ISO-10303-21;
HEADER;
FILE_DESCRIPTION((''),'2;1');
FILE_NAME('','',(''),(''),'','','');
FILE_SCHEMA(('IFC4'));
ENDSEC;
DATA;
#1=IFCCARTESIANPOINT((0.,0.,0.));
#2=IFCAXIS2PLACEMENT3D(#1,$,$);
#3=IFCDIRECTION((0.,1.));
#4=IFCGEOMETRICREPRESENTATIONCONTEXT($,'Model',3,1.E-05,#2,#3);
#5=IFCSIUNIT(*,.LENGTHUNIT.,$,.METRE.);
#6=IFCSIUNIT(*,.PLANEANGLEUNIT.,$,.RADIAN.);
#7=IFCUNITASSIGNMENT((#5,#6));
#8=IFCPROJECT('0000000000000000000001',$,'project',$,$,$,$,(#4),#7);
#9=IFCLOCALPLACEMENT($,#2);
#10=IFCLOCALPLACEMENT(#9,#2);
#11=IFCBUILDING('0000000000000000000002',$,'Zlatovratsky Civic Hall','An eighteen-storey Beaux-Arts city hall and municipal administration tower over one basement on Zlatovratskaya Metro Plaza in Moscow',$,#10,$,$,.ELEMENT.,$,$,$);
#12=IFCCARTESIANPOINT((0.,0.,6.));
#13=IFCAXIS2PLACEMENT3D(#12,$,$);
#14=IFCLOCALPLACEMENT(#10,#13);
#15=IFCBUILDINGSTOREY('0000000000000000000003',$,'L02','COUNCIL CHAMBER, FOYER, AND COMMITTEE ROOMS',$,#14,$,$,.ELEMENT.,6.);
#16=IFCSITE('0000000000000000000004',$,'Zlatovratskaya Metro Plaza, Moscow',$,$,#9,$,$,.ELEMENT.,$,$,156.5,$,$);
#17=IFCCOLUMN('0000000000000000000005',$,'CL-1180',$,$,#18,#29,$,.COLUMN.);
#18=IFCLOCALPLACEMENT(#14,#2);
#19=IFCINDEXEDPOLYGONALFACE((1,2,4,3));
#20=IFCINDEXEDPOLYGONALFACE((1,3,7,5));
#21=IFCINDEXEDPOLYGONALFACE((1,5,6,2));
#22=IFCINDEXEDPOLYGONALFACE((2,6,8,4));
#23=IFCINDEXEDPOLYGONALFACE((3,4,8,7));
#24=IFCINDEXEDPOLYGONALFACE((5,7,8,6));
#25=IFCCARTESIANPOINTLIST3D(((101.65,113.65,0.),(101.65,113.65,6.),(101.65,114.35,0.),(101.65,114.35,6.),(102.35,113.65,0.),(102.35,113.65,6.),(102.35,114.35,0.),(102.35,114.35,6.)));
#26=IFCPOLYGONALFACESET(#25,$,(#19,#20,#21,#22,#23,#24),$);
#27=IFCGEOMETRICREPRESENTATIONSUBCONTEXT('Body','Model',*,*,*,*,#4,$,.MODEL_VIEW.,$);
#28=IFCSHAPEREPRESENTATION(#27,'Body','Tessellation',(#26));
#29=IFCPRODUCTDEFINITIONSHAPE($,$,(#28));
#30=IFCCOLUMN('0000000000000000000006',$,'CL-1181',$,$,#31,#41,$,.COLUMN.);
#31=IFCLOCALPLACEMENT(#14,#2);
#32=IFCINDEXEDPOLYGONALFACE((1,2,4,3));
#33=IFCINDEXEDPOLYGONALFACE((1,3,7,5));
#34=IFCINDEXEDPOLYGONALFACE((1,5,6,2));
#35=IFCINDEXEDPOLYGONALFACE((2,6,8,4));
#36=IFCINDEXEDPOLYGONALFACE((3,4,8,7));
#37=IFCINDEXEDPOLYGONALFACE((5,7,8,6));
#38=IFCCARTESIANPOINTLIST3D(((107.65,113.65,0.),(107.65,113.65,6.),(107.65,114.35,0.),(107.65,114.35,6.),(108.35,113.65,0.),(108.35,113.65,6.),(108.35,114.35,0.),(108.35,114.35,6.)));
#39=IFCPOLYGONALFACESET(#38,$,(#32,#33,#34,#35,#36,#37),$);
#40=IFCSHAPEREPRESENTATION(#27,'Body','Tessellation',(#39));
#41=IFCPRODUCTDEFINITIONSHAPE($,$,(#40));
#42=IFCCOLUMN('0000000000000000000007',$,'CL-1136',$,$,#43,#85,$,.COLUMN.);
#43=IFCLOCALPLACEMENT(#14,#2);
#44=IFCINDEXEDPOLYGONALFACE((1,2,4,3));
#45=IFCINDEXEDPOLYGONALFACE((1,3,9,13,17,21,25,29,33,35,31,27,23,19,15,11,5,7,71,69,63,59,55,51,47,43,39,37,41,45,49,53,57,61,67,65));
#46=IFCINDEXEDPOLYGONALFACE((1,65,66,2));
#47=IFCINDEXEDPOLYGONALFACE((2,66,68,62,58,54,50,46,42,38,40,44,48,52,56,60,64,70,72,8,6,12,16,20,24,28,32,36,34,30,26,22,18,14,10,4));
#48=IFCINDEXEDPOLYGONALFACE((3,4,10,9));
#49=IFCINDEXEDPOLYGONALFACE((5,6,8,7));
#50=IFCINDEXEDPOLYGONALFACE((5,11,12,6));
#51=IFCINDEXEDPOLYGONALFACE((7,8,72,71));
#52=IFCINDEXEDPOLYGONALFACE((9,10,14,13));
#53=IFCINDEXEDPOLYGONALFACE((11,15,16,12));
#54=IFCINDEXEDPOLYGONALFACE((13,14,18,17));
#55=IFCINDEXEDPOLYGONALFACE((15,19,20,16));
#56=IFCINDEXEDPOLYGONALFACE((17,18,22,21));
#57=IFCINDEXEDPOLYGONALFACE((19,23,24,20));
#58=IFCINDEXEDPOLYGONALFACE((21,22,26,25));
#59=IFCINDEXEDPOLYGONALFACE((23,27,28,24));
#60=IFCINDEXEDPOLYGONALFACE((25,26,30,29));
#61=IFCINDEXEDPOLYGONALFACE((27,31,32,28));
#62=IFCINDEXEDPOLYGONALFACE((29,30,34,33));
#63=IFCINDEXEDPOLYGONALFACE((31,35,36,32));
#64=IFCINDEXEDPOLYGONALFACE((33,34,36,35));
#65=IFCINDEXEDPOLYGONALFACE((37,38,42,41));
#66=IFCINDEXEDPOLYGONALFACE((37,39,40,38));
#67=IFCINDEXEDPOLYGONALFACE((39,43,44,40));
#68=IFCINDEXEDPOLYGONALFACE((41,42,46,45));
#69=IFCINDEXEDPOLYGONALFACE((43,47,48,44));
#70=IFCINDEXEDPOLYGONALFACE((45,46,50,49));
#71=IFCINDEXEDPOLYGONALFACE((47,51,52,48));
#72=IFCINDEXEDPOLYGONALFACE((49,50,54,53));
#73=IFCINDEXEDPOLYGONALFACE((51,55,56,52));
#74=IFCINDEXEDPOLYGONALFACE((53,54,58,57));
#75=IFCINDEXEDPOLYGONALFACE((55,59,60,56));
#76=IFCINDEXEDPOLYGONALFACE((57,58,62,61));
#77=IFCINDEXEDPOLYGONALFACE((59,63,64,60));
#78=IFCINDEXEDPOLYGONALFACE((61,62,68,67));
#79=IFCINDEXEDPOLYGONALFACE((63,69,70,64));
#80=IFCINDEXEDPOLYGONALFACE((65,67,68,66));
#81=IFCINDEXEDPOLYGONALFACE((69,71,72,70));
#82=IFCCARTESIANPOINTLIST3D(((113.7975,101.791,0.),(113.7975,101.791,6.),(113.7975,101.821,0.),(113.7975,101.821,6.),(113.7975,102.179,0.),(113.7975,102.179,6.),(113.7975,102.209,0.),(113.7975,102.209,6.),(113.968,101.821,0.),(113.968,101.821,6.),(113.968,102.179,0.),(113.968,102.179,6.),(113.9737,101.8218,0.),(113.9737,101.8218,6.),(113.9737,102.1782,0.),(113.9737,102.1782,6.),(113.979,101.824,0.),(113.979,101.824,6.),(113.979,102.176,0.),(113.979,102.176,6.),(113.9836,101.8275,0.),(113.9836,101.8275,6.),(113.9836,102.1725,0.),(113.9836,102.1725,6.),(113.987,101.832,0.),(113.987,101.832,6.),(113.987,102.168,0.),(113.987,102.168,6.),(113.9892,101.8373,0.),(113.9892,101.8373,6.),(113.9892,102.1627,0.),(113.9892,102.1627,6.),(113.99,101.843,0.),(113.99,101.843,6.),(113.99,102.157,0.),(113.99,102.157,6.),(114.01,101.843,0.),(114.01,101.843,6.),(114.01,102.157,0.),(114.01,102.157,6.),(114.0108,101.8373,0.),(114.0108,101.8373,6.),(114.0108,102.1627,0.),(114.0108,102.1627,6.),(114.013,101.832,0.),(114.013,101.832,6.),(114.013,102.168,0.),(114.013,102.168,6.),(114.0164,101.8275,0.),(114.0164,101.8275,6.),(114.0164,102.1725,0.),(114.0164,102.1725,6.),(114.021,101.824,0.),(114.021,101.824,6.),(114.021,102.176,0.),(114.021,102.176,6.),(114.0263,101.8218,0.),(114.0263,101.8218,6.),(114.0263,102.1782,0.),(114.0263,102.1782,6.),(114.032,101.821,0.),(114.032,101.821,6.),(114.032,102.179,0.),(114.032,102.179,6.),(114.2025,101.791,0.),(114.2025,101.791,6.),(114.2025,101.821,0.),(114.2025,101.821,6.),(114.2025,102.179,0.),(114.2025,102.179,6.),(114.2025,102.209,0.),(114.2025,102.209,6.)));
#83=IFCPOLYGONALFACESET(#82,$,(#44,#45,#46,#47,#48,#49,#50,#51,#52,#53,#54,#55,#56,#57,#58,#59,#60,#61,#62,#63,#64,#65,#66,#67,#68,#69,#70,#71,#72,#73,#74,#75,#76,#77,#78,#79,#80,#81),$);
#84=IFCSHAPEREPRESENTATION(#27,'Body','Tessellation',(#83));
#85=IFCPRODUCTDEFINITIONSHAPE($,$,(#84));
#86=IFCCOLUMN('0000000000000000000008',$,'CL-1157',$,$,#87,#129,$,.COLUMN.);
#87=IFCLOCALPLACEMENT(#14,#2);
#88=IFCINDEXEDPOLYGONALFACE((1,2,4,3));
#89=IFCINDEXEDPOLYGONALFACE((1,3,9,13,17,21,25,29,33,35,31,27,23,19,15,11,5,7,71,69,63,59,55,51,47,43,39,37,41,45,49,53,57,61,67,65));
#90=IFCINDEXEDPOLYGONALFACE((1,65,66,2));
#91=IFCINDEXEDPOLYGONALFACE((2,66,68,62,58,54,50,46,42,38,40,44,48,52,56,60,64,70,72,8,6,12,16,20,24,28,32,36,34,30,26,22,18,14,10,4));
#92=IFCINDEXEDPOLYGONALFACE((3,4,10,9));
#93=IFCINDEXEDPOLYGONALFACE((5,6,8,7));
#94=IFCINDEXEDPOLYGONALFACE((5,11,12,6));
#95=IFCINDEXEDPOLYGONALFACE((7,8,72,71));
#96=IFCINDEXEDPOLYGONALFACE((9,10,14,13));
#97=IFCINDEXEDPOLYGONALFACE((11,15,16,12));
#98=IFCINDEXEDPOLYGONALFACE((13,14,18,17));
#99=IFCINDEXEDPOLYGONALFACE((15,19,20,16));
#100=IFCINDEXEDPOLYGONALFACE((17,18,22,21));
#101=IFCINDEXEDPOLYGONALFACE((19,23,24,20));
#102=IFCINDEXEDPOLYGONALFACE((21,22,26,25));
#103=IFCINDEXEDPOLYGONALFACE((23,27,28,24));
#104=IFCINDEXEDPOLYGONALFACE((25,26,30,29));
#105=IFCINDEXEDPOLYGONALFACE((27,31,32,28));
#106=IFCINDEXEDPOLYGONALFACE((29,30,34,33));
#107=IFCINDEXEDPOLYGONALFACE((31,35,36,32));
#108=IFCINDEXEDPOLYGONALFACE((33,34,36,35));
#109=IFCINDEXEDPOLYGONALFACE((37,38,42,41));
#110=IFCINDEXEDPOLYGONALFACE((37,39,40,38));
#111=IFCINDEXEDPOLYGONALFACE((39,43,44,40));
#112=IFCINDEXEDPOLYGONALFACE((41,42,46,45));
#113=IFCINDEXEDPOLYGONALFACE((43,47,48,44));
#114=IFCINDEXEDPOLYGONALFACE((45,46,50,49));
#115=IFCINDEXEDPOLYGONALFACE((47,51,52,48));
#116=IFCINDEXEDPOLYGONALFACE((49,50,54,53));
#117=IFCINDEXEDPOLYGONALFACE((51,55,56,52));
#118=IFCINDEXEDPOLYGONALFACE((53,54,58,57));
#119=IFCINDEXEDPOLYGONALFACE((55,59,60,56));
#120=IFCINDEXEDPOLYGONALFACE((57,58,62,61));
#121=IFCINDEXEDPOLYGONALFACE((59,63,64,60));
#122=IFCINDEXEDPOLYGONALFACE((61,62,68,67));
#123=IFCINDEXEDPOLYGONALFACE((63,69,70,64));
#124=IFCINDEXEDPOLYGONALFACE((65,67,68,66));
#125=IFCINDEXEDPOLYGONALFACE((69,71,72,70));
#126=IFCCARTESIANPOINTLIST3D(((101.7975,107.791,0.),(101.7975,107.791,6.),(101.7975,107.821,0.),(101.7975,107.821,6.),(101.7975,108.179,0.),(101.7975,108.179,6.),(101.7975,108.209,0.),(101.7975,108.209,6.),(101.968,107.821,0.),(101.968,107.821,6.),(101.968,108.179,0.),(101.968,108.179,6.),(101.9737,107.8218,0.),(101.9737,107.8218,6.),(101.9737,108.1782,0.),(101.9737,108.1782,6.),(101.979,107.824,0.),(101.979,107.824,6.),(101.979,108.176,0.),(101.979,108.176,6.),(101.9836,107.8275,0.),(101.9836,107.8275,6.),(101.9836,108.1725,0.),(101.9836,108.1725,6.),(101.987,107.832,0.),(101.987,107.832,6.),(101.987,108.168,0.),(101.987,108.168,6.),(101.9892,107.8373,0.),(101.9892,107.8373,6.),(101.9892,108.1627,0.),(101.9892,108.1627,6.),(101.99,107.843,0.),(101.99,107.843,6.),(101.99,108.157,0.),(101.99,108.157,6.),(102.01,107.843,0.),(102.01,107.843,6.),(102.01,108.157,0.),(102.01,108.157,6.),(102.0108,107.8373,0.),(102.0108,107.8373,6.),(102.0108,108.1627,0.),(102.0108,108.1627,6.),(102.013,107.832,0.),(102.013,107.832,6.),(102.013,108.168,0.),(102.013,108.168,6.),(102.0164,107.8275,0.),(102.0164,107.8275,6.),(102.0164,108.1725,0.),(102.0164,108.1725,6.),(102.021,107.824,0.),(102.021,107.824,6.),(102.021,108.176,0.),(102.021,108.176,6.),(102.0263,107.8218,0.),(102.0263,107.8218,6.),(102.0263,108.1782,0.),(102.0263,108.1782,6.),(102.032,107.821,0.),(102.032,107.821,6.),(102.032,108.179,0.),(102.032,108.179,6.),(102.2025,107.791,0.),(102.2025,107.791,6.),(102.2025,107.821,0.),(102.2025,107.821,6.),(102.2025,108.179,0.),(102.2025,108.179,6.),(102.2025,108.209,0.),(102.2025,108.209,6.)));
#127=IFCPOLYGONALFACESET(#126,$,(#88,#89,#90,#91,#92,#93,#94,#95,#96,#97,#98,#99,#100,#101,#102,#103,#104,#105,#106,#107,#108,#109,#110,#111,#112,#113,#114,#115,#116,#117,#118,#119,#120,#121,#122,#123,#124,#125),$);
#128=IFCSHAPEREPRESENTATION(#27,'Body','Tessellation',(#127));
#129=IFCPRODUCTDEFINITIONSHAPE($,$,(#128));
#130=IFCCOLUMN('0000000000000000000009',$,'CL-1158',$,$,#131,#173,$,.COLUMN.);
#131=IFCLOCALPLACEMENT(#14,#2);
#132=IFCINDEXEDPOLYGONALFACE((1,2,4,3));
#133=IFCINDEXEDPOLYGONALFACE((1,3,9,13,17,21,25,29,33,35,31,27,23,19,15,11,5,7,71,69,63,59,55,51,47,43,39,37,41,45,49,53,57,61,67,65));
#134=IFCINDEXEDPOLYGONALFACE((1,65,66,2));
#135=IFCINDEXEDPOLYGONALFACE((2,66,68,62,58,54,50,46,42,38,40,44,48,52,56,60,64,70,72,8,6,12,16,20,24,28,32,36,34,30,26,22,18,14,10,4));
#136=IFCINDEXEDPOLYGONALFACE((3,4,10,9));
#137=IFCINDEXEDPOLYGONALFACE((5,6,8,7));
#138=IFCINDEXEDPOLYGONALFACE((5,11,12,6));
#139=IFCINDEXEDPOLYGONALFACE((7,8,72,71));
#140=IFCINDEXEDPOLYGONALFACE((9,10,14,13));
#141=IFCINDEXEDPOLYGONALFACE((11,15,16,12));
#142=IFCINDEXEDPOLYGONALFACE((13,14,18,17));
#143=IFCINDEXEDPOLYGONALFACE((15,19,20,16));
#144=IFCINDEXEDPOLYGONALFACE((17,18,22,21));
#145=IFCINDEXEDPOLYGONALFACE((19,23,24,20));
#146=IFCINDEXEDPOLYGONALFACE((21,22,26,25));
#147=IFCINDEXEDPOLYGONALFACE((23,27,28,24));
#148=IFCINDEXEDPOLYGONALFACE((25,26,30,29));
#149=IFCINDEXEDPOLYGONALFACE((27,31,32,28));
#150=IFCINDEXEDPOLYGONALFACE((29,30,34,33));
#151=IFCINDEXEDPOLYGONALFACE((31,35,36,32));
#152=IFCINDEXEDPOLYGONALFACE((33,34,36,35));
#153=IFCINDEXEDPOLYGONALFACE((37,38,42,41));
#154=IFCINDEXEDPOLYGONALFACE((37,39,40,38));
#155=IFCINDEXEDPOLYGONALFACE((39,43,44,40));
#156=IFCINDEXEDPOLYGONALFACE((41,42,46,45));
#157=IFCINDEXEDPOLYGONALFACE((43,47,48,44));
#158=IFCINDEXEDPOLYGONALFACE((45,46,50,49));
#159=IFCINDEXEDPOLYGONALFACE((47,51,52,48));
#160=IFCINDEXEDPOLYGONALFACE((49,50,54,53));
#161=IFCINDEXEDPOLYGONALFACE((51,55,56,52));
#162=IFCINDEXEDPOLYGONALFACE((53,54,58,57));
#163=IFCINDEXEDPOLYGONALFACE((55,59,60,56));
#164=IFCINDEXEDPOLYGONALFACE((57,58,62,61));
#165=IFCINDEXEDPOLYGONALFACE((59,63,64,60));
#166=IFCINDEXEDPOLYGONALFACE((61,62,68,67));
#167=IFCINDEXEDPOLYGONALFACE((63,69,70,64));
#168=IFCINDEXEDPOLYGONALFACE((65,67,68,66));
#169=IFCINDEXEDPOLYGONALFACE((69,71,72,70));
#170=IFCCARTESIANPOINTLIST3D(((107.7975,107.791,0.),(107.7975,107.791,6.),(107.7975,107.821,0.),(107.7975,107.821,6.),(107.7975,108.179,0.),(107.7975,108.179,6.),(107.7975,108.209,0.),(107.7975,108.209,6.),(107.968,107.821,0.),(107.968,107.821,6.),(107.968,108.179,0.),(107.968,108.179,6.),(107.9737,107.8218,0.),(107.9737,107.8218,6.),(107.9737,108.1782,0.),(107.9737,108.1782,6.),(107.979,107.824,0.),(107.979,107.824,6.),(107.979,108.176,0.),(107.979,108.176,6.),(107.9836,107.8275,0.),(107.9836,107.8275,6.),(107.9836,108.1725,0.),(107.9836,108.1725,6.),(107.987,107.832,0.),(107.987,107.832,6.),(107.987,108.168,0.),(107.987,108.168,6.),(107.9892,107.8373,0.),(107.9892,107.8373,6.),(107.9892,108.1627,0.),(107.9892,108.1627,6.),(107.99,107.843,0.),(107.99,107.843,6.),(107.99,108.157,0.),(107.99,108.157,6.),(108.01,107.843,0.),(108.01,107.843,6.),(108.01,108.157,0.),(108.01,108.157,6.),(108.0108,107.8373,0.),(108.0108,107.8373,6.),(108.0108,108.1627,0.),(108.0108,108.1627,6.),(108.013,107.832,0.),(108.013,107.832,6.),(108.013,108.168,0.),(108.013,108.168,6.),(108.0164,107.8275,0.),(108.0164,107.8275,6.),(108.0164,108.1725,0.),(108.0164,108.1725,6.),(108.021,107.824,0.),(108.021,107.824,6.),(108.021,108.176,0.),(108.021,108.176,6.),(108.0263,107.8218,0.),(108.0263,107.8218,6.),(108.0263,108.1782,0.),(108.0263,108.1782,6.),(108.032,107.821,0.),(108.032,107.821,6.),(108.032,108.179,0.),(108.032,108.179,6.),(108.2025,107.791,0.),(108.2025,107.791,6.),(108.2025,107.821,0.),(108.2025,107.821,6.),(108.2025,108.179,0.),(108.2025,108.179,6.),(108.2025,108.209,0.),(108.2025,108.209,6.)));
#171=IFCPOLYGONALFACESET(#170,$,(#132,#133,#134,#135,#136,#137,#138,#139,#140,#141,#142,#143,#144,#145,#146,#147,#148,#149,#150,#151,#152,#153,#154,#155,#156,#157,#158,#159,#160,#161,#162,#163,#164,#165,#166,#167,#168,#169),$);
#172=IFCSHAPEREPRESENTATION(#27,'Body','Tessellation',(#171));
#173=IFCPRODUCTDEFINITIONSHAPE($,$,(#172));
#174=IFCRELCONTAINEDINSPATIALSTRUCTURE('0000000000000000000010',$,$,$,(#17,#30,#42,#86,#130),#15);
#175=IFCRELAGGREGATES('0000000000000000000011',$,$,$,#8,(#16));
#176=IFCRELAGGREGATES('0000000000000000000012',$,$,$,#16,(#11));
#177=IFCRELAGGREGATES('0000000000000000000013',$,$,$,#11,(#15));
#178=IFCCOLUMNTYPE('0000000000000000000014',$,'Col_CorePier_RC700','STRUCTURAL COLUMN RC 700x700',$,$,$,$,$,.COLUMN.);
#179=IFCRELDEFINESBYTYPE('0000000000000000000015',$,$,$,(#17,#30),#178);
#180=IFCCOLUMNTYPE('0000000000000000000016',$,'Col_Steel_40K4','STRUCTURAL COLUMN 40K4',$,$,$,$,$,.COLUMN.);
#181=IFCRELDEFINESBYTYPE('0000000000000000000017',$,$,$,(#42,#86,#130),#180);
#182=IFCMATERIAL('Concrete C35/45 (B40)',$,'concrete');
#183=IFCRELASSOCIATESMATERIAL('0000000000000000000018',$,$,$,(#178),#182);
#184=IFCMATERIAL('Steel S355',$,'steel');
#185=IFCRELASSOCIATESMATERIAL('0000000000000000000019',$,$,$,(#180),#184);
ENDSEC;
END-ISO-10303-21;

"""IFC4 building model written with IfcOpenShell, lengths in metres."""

from ifc_helpers import new_model, si_unit, direction, frame, origin, origin_2d, place, context, subcontext, project, spatial, rectangle, i_section, extrude, material, material_profile, profile_set, type_object, element, save


model = new_model("IFC4")

# Units and contexts
model_context = context("Model", 3, precision=1e-05, world=origin(), true_north=direction((0.0, 1.0)))
body_context = subcontext(model_context, "Body", "Model", "MODEL_VIEW")
ifc_project = project(units=[si_unit("LENGTHUNIT", "METRE"), si_unit("PLANEANGLEUNIT", "RADIAN")], contexts=[model_context])

# Site, building, storey
site_placement = place(None, origin())
site = spatial("IfcSite", under=ifc_project, at=site_placement, Name="Zlatovratskaya Metro Plaza, Moscow", CompositionType="ELEMENT", RefElevation=156.5)
building_placement = place(site_placement, origin())
building = spatial("IfcBuilding", under=site, at=building_placement, Name="Zlatovratsky Civic Hall", Description="An eighteen-storey Beaux-Arts city hall and municipal administration tower over one basement on Zlatovratskaya Metro Plaza in Moscow", CompositionType="ELEMENT")
storey_placement = place(building_placement, frame((0.0, 0.0, 6.0)))
storey = spatial("IfcBuildingStorey", under=building, at=storey_placement, Name="L02", Description="COUNCIL CHAMBER, FOYER, AND COMMITTEE ROOMS", CompositionType="ELEMENT", Elevation=6.0)

# Columns
ifc_material_1 = material(Name="Concrete C35/45 (B40)", Category="concrete")
ifc_material_profile_1 = material_profile(ifc_material_1, rectangle(XDim=0.7, YDim=0.7, at=origin_2d()), Name="RC 700x700")
ifc_profile_set_1 = profile_set([ifc_material_profile_1], Name="Concrete C35/45 (B40)")
column_type_1 = type_object("IfcColumnType", Name="Col_CorePier_RC700", Description="STRUCTURAL COLUMN RC 700x700", PredefinedType="COLUMN", material=ifc_profile_set_1)
for number, where, z_axis, x_axis, name in (
    (1, (102.0, 114.0, 0.0), (0.0, 0.0, 1.0), (1.0, 0.0, 0.0), "CL-1180"),
    (2, (108.0, 114.0, 0.0), (0.0, 0.0, 1.0), (1.0, 0.0, 0.0), "CL-1181"),
):
    element("IfcColumn", number, at=place(storey_placement, frame(where, z_axis=z_axis, x_axis=x_axis)), inside=storey, type_object=column_type_1, Name=name, PredefinedType="COLUMN", context=body_context, shape_type="SweptSolid", body=[
        extrude(rectangle(XDim=0.7, YDim=0.7, at=origin_2d()), origin(), (0.0, 0.0, 1.0), 6.0),
    ])
ifc_material_2 = material(Name="Steel S355", Category="steel")
ifc_material_profile_2 = material_profile(ifc_material_2, i_section(OverallWidth=0.405, OverallDepth=0.418, WebThickness=0.02, FlangeThickness=0.03, FilletRadius=0.022, at=origin_2d()), Name="40K4")
ifc_profile_set_2 = profile_set([ifc_material_profile_2], Name="Steel S355")
column_type_2 = type_object("IfcColumnType", Name="Col_Steel_40K4", Description="STRUCTURAL COLUMN 40K4", PredefinedType="COLUMN", material=ifc_profile_set_2)
for number, where, z_axis, x_axis, name in (
    (3, (114.0, 102.0, 0.0), (0.0, 0.0, 1.0), (1.0, 0.0, 0.0), "CL-1136"),
    (4, (102.0, 108.0, 0.0), (0.0, 0.0, 1.0), (1.0, 0.0, 0.0), "CL-1157"),
    (5, (108.0, 108.0, 0.0), (0.0, 0.0, 1.0), (1.0, 0.0, 0.0), "CL-1158"),
):
    element("IfcColumn", number, at=place(storey_placement, frame(where, z_axis=z_axis, x_axis=x_axis)), inside=storey, type_object=column_type_2, Name=name, PredefinedType="COLUMN", context=body_context, shape_type="SweptSolid", body=[
        extrude(i_section(OverallWidth=0.405, OverallDepth=0.418, WebThickness=0.02, FlangeThickness=0.03, FilletRadius=0.022, at=origin_2d()), origin(), (0.0, 0.0, 1.0), 6.0),
    ])

save(model, "model.ifc")
